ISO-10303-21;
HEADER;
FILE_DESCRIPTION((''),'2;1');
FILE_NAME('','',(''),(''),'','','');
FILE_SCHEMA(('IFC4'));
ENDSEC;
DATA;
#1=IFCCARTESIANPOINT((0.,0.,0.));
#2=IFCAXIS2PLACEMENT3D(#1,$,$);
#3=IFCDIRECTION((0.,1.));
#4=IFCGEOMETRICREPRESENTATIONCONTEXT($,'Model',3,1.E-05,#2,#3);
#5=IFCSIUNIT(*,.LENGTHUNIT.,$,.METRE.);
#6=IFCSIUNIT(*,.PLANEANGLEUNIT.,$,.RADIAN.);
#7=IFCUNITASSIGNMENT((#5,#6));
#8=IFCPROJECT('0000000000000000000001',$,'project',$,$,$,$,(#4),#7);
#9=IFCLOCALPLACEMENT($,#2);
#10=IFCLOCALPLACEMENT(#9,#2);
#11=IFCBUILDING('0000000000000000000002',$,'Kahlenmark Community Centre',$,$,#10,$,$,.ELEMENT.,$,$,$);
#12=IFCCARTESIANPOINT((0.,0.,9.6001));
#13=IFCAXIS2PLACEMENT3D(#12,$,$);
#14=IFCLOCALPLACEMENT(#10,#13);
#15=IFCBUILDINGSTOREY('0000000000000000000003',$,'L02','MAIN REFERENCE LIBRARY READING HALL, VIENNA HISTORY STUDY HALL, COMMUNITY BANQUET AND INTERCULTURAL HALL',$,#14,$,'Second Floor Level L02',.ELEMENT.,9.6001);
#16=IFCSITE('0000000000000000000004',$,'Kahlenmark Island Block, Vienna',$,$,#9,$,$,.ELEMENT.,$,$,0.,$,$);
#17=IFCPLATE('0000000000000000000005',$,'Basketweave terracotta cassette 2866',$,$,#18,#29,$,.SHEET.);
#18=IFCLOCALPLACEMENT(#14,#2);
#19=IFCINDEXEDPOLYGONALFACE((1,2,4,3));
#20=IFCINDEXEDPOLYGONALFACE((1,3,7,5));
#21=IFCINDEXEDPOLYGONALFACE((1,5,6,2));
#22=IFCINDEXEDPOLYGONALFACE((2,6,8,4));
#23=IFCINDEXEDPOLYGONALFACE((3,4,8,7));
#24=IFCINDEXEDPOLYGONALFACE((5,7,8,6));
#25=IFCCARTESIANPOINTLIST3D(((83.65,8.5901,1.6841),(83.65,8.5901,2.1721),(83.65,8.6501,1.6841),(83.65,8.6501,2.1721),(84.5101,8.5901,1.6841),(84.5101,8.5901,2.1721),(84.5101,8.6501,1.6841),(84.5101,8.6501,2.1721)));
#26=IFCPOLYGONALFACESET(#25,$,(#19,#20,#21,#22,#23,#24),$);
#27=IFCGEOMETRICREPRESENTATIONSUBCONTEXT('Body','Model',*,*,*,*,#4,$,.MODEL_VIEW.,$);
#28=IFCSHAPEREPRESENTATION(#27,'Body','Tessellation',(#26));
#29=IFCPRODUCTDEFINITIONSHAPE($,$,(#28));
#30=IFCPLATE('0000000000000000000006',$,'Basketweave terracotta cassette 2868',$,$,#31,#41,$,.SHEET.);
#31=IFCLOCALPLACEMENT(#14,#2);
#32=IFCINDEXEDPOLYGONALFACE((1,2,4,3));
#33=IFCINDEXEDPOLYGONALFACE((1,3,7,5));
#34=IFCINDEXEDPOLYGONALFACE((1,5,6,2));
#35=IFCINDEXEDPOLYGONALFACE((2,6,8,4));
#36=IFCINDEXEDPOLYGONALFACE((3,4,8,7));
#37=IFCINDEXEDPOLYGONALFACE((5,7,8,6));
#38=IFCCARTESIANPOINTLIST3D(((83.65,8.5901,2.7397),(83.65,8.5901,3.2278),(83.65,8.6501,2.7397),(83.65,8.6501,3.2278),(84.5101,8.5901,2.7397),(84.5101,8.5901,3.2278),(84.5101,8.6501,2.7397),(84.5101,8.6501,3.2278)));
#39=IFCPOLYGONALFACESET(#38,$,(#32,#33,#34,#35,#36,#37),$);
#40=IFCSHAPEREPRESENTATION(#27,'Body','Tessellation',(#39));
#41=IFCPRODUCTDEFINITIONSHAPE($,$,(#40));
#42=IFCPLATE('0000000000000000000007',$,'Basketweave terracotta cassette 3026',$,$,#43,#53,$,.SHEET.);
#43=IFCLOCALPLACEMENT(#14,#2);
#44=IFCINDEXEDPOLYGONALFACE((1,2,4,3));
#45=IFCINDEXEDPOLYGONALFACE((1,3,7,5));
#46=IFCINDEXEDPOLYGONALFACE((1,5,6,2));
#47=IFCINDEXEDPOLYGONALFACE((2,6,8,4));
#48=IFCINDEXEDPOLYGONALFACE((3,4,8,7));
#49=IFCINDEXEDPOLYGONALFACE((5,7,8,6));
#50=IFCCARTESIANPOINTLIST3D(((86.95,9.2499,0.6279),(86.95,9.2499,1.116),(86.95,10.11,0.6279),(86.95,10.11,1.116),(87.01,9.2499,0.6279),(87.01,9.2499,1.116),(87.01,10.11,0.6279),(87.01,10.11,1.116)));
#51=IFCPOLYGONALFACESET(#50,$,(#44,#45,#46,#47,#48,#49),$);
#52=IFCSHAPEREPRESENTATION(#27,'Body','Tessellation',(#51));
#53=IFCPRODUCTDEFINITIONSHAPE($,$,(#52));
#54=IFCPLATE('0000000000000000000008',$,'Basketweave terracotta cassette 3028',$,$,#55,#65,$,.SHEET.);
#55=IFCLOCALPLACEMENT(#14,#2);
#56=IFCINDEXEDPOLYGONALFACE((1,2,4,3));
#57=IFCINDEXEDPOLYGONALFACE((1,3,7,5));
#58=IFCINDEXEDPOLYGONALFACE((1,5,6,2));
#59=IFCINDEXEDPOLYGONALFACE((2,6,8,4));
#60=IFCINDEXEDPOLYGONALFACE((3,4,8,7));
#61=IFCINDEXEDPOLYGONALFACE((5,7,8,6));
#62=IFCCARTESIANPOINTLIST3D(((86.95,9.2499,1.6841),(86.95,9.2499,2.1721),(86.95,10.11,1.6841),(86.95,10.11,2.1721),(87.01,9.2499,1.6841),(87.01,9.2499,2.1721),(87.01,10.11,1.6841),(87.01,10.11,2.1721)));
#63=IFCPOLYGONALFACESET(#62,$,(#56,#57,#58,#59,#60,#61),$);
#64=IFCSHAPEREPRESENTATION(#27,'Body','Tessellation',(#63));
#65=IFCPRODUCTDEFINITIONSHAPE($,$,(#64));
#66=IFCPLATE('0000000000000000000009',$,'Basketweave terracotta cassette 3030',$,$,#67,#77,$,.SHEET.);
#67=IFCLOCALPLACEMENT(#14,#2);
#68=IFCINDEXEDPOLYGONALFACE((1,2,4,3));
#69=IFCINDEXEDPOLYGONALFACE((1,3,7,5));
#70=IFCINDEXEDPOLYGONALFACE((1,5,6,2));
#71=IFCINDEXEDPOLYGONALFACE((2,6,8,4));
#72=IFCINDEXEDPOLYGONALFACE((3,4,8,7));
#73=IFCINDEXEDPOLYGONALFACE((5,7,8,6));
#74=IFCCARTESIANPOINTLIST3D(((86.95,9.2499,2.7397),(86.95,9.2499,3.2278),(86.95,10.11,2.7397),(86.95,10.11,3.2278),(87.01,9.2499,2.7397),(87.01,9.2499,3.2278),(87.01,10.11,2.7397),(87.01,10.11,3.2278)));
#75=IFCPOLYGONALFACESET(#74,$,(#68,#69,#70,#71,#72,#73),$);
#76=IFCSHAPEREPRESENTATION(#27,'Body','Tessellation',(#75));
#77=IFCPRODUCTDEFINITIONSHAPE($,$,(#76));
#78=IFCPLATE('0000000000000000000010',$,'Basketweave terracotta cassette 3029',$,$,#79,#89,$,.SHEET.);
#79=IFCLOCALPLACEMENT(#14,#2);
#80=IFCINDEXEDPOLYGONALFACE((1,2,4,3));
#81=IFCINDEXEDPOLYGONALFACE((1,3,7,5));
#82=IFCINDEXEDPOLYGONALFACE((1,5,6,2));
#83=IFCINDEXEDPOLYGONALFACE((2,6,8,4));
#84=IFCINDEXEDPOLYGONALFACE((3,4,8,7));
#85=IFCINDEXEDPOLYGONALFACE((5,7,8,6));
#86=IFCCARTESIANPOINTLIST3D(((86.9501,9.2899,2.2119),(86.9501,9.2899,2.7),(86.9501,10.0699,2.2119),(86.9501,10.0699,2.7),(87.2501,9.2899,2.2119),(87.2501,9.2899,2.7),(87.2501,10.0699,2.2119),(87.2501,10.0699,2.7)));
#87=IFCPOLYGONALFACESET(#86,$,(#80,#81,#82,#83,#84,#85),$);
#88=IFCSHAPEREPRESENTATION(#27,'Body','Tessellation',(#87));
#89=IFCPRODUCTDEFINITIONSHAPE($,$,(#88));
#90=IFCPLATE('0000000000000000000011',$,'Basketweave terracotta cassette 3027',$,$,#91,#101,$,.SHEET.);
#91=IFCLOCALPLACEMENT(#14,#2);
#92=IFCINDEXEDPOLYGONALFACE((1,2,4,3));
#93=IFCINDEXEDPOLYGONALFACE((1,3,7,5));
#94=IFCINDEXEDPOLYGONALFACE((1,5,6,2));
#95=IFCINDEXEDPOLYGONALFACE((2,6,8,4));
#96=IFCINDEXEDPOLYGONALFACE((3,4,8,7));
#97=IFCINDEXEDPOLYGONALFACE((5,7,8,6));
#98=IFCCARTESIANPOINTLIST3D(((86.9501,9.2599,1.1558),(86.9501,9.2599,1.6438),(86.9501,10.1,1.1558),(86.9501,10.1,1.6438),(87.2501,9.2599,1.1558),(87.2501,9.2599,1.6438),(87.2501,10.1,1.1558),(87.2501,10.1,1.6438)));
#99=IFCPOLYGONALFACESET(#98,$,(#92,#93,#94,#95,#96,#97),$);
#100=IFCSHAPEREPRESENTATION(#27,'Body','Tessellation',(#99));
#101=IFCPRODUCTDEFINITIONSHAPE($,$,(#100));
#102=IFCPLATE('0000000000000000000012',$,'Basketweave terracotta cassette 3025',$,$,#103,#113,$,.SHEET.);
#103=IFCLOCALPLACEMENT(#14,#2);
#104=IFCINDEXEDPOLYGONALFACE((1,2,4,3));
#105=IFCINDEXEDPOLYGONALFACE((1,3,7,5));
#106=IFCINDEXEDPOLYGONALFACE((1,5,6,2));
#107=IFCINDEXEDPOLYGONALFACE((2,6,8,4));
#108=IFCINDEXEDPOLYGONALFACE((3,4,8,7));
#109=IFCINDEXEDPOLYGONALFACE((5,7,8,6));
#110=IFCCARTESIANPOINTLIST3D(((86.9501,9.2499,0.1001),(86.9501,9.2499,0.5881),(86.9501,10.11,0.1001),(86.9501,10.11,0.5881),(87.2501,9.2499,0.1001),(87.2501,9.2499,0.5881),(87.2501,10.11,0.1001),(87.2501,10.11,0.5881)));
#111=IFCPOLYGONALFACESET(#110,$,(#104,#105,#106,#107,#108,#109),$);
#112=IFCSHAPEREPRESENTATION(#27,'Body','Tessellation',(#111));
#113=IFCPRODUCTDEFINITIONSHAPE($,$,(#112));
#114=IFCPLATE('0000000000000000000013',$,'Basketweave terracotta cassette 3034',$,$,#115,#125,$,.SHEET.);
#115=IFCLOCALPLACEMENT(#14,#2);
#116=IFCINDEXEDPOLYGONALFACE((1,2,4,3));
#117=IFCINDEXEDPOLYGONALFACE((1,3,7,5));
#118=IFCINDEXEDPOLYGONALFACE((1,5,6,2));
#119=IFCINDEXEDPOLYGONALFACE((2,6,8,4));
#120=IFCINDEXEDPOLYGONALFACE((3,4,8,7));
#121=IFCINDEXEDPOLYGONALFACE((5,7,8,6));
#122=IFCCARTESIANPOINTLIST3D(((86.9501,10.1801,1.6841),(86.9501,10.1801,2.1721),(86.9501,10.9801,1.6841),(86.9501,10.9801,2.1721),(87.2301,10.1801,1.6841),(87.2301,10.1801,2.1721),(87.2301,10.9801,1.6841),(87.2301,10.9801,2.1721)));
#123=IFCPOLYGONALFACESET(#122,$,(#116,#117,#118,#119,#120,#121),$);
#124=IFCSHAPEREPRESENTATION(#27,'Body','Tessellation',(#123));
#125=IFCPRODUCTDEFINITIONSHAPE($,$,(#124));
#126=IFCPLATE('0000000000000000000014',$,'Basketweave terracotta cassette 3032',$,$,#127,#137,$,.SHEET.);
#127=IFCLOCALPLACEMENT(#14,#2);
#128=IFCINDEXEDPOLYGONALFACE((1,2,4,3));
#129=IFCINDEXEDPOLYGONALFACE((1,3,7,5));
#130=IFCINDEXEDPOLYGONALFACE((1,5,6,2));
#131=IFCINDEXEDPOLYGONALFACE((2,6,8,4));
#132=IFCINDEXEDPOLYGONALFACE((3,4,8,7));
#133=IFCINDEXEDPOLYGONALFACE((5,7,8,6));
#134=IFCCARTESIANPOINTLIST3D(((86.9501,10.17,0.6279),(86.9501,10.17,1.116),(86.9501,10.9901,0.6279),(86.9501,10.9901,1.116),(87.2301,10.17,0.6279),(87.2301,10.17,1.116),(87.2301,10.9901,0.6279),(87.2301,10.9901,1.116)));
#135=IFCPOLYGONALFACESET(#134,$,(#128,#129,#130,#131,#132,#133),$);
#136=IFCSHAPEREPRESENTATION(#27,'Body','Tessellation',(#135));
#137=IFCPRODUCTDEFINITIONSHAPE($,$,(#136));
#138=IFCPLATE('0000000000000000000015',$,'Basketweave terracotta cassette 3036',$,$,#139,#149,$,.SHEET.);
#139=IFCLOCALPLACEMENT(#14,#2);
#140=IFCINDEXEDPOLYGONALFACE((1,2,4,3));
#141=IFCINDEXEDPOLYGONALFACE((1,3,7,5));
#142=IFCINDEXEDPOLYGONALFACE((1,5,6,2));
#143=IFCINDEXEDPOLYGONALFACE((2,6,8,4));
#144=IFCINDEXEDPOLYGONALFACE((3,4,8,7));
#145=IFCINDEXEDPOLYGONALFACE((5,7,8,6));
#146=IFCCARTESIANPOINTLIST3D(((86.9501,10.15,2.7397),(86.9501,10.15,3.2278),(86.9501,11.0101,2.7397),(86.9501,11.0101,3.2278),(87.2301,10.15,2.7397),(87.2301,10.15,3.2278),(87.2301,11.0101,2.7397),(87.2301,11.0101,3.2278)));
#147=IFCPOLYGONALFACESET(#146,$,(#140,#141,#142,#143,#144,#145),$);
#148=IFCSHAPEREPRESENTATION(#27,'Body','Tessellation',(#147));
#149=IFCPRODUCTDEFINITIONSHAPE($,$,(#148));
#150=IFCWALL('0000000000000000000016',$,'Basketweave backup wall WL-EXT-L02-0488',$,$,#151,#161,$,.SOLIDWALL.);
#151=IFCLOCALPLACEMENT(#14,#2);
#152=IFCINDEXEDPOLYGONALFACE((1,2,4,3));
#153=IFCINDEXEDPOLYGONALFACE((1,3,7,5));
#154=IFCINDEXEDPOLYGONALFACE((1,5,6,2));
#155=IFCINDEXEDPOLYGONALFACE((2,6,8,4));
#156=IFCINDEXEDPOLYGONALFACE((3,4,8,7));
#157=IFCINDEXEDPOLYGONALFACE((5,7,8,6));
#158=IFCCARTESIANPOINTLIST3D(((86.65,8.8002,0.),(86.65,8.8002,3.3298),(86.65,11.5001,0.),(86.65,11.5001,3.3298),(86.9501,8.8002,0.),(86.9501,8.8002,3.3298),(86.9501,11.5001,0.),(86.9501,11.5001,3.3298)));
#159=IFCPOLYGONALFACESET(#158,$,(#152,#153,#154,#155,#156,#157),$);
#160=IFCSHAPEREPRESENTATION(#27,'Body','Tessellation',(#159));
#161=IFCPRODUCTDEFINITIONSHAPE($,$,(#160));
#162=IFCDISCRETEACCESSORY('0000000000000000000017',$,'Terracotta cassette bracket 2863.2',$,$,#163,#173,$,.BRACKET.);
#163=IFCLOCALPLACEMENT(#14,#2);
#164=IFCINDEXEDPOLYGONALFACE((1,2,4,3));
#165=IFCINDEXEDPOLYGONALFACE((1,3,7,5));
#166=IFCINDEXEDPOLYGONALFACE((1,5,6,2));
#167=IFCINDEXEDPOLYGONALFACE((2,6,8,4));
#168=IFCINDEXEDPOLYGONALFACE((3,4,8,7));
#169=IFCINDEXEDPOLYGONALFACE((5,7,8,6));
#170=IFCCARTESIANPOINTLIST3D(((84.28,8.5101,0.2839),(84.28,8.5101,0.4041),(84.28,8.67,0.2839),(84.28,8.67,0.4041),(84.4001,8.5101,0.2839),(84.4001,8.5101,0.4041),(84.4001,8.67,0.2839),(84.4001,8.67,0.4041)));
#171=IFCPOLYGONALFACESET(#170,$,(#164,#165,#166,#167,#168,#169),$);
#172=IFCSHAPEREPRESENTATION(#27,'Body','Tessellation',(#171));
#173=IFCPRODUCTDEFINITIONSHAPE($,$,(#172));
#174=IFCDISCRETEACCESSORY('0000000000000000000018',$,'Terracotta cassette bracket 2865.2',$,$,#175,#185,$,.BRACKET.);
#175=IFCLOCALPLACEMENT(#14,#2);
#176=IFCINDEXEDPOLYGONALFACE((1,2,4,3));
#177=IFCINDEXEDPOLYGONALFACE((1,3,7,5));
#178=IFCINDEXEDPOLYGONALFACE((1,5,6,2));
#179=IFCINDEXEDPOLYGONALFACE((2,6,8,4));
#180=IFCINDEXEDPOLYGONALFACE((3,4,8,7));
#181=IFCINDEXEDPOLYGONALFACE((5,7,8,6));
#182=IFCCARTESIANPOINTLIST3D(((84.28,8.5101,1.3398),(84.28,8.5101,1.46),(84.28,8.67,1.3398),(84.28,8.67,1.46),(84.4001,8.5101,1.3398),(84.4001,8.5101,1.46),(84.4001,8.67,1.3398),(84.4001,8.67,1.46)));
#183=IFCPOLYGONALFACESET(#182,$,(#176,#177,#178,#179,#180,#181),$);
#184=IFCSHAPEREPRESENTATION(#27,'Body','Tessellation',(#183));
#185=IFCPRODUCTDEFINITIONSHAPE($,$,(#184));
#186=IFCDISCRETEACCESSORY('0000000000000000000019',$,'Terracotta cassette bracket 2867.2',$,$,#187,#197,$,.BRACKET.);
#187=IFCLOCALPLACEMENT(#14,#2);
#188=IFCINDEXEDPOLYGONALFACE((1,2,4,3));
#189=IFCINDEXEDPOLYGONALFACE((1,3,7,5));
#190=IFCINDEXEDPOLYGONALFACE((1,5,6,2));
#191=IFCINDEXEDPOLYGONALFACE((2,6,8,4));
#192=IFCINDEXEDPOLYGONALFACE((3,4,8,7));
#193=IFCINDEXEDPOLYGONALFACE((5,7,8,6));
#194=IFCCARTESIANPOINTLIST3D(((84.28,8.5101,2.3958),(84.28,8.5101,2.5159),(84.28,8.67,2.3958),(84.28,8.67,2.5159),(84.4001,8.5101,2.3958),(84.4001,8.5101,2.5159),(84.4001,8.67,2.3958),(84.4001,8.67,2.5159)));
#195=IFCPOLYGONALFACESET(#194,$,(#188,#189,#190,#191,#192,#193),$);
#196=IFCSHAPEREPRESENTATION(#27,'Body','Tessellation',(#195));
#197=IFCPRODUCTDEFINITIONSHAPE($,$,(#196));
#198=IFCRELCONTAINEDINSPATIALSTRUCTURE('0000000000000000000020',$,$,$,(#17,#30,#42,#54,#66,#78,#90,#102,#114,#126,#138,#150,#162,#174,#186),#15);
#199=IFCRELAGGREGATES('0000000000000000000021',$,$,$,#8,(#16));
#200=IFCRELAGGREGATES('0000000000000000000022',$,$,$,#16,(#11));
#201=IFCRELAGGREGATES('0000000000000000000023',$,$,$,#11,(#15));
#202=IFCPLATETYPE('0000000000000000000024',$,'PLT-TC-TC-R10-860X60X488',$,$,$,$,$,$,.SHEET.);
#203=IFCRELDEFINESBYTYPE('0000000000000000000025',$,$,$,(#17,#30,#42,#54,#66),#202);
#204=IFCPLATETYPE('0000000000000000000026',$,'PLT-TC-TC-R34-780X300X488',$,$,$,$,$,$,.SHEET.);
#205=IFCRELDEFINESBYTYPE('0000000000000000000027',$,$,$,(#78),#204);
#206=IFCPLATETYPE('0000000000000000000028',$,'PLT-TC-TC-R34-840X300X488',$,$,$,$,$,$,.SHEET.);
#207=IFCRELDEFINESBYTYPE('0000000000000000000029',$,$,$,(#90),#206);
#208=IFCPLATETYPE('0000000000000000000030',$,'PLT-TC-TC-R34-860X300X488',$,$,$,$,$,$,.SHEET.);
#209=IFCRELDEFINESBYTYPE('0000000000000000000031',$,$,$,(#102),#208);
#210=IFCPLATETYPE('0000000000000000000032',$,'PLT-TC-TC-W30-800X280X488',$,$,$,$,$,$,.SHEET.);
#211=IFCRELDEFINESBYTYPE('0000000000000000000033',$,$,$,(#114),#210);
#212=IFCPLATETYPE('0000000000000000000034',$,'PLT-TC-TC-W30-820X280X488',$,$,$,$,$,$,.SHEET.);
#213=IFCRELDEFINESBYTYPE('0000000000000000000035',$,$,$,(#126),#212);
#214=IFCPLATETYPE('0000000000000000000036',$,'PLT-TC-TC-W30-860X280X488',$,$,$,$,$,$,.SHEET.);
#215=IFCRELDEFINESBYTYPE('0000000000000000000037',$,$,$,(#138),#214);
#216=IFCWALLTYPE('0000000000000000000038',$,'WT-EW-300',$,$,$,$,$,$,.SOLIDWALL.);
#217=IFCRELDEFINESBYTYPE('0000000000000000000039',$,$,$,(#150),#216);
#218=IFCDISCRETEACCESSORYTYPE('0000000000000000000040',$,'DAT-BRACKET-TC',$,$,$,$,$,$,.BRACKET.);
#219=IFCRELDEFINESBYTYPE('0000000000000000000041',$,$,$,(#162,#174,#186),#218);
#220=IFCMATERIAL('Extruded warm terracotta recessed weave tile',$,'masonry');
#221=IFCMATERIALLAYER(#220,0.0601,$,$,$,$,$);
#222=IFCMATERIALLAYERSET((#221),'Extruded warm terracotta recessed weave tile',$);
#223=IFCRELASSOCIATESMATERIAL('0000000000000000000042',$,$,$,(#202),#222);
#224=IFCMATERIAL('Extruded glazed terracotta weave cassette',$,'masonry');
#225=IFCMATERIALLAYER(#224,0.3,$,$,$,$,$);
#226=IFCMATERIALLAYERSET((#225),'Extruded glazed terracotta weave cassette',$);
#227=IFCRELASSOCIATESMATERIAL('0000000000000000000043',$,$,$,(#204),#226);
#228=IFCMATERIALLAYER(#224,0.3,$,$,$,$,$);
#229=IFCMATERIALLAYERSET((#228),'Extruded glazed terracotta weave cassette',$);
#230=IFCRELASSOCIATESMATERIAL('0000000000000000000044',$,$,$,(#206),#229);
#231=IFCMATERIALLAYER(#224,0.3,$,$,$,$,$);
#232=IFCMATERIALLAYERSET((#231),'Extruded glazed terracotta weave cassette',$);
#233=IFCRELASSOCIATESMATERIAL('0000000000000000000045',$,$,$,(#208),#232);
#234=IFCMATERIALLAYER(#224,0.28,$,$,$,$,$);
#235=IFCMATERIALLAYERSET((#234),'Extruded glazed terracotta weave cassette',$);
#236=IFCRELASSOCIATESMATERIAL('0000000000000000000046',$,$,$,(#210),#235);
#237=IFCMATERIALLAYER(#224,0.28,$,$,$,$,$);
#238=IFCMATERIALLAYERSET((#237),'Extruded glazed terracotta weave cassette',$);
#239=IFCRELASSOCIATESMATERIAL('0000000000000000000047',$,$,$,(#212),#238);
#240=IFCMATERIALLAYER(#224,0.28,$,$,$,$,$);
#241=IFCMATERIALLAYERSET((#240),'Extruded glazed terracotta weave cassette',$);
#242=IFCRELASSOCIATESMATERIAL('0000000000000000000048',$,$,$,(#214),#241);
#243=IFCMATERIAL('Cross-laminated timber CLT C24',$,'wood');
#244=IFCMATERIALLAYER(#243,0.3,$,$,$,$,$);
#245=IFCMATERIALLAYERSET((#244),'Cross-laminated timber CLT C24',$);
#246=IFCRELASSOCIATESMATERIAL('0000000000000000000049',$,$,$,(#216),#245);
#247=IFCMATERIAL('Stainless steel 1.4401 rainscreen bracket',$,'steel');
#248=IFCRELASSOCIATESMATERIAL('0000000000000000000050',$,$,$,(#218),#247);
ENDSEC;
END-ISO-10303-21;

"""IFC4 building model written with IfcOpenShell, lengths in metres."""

from ifc_helpers import new_model, si_unit, direction, frame, frame_2d, origin, origin_2d, place, context, subcontext, project, spatial, rectangle, extrude, material, layer, layer_set, type_object, element, save


model = new_model("IFC4")

# Units and contexts
model_context = context("Model", 3, precision=1e-05, world=origin(), true_north=direction((0.0, 1.0)))
body_context = subcontext(model_context, "Body", "Model", "MODEL_VIEW")
ifc_project = project(units=[si_unit("LENGTHUNIT", "METRE"), si_unit("PLANEANGLEUNIT", "RADIAN")], contexts=[model_context])

# Site, building, storey
site_placement = place(None, origin())
site = spatial("IfcSite", under=ifc_project, at=site_placement, Name="Kahlenmark Island Block, Vienna", CompositionType="ELEMENT", RefElevation=0.0)
building_placement = place(site_placement, origin())
building = spatial("IfcBuilding", under=site, at=building_placement, Name="Kahlenmark Community Centre", CompositionType="ELEMENT")
storey_placement = place(building_placement, frame((0.0, 0.0, 9.6001)))
storey = spatial("IfcBuildingStorey", under=building, at=storey_placement, Name="L02", Description="MAIN REFERENCE LIBRARY READING HALL, VIENNA HISTORY STUDY HALL, COMMUNITY BANQUET AND INTERCULTURAL HALL", LongName="Second Floor Level L02", CompositionType="ELEMENT", Elevation=9.6001)

# Plates
ifc_material_1 = material(Name="Extruded warm terracotta recessed weave tile", Category="masonry")
ifc_layer_1 = layer(ifc_material_1, 0.0601)
ifc_layer_set_1 = layer_set([ifc_layer_1], Name="Extruded warm terracotta recessed weave tile")
plate_type_1 = type_object("IfcPlateType", Name="PLT-TC-TC-R10-860X60X488", PredefinedType="SHEET", material=ifc_layer_set_1)
for number, where, z_axis, x_axis, name in (
    (1, (84.0801, 8.6201, 1.6841), (0.0, 0.0, 1.0), (1.0, 0.0, 0.0), "Basketweave terracotta cassette 2866"),
    (2, (84.0801, 8.6201, 2.7397), (0.0, 0.0, 1.0), (1.0, 0.0, 0.0), "Basketweave terracotta cassette 2868"),
    (3, (86.98, 9.6799, 0.6279), (0.0, 0.0, 1.0), (0.0, 1.0, 0.0), "Basketweave terracotta cassette 3026"),
    (4, (86.98, 9.6799, 1.6841), (0.0, 0.0, 1.0), (0.0, 1.0, 0.0), "Basketweave terracotta cassette 3028"),
    (5, (86.98, 9.6799, 2.7397), (0.0, 0.0, 1.0), (0.0, 1.0, 0.0), "Basketweave terracotta cassette 3030"),
):
    element("IfcPlate", number, at=place(storey_placement, frame(where, z_axis=z_axis, x_axis=x_axis)), inside=storey, type_object=plate_type_1, Name=name, PredefinedType="SHEET", context=body_context, shape_type="SweptSolid", body=[
        extrude(rectangle(XDim=0.8601, YDim=0.0601, at=origin_2d()), origin(), (0.0, 0.0, 1.0), 0.488),
    ])
ifc_material_2 = material(Name="Extruded glazed terracotta weave cassette", Category="masonry")
ifc_layer_2 = layer(ifc_material_2, 0.3)
ifc_layer_set_2 = layer_set([ifc_layer_2], Name="Extruded glazed terracotta weave cassette")
plate_type_2 = type_object("IfcPlateType", Name="PLT-TC-TC-R34-780X300X488", PredefinedType="SHEET", material=ifc_layer_set_2)
plate_1_placement = place(storey_placement, frame((87.1001, 9.6799, 2.2119), z_axis=(0.0, 0.0, 1.0), x_axis=(0.0, 1.0, 0.0)))
element("IfcPlate", 6, at=plate_1_placement, inside=storey, type_object=plate_type_2, Name="Basketweave terracotta cassette 3029", PredefinedType="SHEET", context=body_context, shape_type="SweptSolid", body=[
    extrude(rectangle(XDim=0.78, YDim=0.3, at=origin_2d()), origin(), (0.0, 0.0, 1.0), 0.488),
])
ifc_layer_3 = layer(ifc_material_2, 0.3)
ifc_layer_set_3 = layer_set([ifc_layer_3], Name="Extruded glazed terracotta weave cassette")
plate_type_3 = type_object("IfcPlateType", Name="PLT-TC-TC-R34-840X300X488", PredefinedType="SHEET", material=ifc_layer_set_3)
plate_2_placement = place(storey_placement, frame((87.1001, 9.6799, 1.1558), z_axis=(0.0, 0.0, 1.0), x_axis=(0.0, 1.0, 0.0)))
element("IfcPlate", 7, at=plate_2_placement, inside=storey, type_object=plate_type_3, Name="Basketweave terracotta cassette 3027", PredefinedType="SHEET", context=body_context, shape_type="SweptSolid", body=[
    extrude(rectangle(XDim=0.8401, YDim=0.3, at=origin_2d()), origin(), (0.0, 0.0, 1.0), 0.488),
])
ifc_layer_4 = layer(ifc_material_2, 0.3)
ifc_layer_set_4 = layer_set([ifc_layer_4], Name="Extruded glazed terracotta weave cassette")
plate_type_4 = type_object("IfcPlateType", Name="PLT-TC-TC-R34-860X300X488", PredefinedType="SHEET", material=ifc_layer_set_4)
plate_3_placement = place(storey_placement, frame((87.1001, 9.6799, 0.1001), z_axis=(0.0, 0.0, 1.0), x_axis=(0.0, 1.0, 0.0)))
element("IfcPlate", 8, at=plate_3_placement, inside=storey, type_object=plate_type_4, Name="Basketweave terracotta cassette 3025", PredefinedType="SHEET", context=body_context, shape_type="SweptSolid", body=[
    extrude(rectangle(XDim=0.8601, YDim=0.3, at=origin_2d()), origin(), (0.0, 0.0, 1.0), 0.488),
])
ifc_layer_5 = layer(ifc_material_2, 0.28)
ifc_layer_set_5 = layer_set([ifc_layer_5], Name="Extruded glazed terracotta weave cassette")
plate_type_5 = type_object("IfcPlateType", Name="PLT-TC-TC-W30-800X280X488", PredefinedType="SHEET", material=ifc_layer_set_5)
plate_4_placement = place(storey_placement, frame((87.0901, 10.5801, 1.6841), z_axis=(0.0, 0.0, 1.0), x_axis=(0.0, 1.0, 0.0)))
element("IfcPlate", 9, at=plate_4_placement, inside=storey, type_object=plate_type_5, Name="Basketweave terracotta cassette 3034", PredefinedType="SHEET", context=body_context, shape_type="SweptSolid", body=[
    extrude(rectangle(XDim=0.8, YDim=0.28, at=origin_2d()), origin(), (0.0, 0.0, 1.0), 0.488),
])
ifc_layer_6 = layer(ifc_material_2, 0.28)
ifc_layer_set_6 = layer_set([ifc_layer_6], Name="Extruded glazed terracotta weave cassette")
plate_type_6 = type_object("IfcPlateType", Name="PLT-TC-TC-W30-820X280X488", PredefinedType="SHEET", material=ifc_layer_set_6)
plate_5_placement = place(storey_placement, frame((87.0901, 10.5801, 0.6279), z_axis=(0.0, 0.0, 1.0), x_axis=(0.0, 1.0, 0.0)))
element("IfcPlate", 10, at=plate_5_placement, inside=storey, type_object=plate_type_6, Name="Basketweave terracotta cassette 3032", PredefinedType="SHEET", context=body_context, shape_type="SweptSolid", body=[
    extrude(rectangle(XDim=0.8201, YDim=0.28, at=origin_2d()), origin(), (0.0, 0.0, 1.0), 0.488),
])
ifc_layer_7 = layer(ifc_material_2, 0.28)
ifc_layer_set_7 = layer_set([ifc_layer_7], Name="Extruded glazed terracotta weave cassette")
plate_type_7 = type_object("IfcPlateType", Name="PLT-TC-TC-W30-860X280X488", PredefinedType="SHEET", material=ifc_layer_set_7)
plate_6_placement = place(storey_placement, frame((87.0901, 10.5801, 2.7397), z_axis=(0.0, 0.0, 1.0), x_axis=(0.0, 1.0, 0.0)))
element("IfcPlate", 11, at=plate_6_placement, inside=storey, type_object=plate_type_7, Name="Basketweave terracotta cassette 3036", PredefinedType="SHEET", context=body_context, shape_type="SweptSolid", body=[
    extrude(rectangle(XDim=0.8601, YDim=0.28, at=origin_2d()), origin(), (0.0, 0.0, 1.0), 0.488),
])

# Wall
ifc_material_3 = material(Name="Cross-laminated timber CLT C24", Category="wood")
ifc_layer_8 = layer(ifc_material_3, 0.3)
ifc_layer_set_8 = layer_set([ifc_layer_8], Name="Cross-laminated timber CLT C24")
wall_type = type_object("IfcWallType", Name="WT-EW-300", PredefinedType="SOLIDWALL", material=ifc_layer_set_8)
wall_placement = place(storey_placement, frame((86.8, 8.8, 0.0), z_axis=(0.0, 0.0, 1.0), x_axis=(0.0, 1.0, 0.0)))
element("IfcWall", 12, at=wall_placement, inside=storey, type_object=wall_type, Name="Basketweave backup wall WL-EXT-L02-0488", PredefinedType="SOLIDWALL", context=body_context, shape_type="SweptSolid", body=[
    extrude(rectangle(XDim=2.7, YDim=0.3, at=frame_2d((1.3501, 0.0))), origin(), (0.0, 0.0, 1.0), 3.3298),
])

# Discrete accessories
ifc_material_4 = material(Name="Stainless steel 1.4401 rainscreen bracket", Category="steel")
discrete_accessory_type = type_object("IfcDiscreteAccessoryType", Name="DAT-BRACKET-TC", PredefinedType="BRACKET", material=ifc_material_4)
for number, where, z_axis, x_axis, name in (
    (13, (84.3401, 8.5901, 0.2839), (0.0, 0.0, 1.0), (1.0, 0.0, 0.0), "Terracotta cassette bracket 2863.2"),
    (14, (84.3401, 8.5901, 1.3398), (0.0, 0.0, 1.0), (1.0, 0.0, 0.0), "Terracotta cassette bracket 2865.2"),
    (15, (84.3401, 8.5901, 2.3958), (0.0, 0.0, 1.0), (1.0, 0.0, 0.0), "Terracotta cassette bracket 2867.2"),
):
    element("IfcDiscreteAccessory", number, at=place(storey_placement, frame(where, z_axis=z_axis, x_axis=x_axis)), inside=storey, type_object=discrete_accessory_type, Name=name, PredefinedType="BRACKET", context=body_context, shape_type="SweptSolid", body=[
        extrude(rectangle(XDim=0.1201, YDim=0.1599, at=origin_2d()), origin(), (0.0, 0.0, 1.0), 0.1201),
    ])

save(model, "model.ifc")
